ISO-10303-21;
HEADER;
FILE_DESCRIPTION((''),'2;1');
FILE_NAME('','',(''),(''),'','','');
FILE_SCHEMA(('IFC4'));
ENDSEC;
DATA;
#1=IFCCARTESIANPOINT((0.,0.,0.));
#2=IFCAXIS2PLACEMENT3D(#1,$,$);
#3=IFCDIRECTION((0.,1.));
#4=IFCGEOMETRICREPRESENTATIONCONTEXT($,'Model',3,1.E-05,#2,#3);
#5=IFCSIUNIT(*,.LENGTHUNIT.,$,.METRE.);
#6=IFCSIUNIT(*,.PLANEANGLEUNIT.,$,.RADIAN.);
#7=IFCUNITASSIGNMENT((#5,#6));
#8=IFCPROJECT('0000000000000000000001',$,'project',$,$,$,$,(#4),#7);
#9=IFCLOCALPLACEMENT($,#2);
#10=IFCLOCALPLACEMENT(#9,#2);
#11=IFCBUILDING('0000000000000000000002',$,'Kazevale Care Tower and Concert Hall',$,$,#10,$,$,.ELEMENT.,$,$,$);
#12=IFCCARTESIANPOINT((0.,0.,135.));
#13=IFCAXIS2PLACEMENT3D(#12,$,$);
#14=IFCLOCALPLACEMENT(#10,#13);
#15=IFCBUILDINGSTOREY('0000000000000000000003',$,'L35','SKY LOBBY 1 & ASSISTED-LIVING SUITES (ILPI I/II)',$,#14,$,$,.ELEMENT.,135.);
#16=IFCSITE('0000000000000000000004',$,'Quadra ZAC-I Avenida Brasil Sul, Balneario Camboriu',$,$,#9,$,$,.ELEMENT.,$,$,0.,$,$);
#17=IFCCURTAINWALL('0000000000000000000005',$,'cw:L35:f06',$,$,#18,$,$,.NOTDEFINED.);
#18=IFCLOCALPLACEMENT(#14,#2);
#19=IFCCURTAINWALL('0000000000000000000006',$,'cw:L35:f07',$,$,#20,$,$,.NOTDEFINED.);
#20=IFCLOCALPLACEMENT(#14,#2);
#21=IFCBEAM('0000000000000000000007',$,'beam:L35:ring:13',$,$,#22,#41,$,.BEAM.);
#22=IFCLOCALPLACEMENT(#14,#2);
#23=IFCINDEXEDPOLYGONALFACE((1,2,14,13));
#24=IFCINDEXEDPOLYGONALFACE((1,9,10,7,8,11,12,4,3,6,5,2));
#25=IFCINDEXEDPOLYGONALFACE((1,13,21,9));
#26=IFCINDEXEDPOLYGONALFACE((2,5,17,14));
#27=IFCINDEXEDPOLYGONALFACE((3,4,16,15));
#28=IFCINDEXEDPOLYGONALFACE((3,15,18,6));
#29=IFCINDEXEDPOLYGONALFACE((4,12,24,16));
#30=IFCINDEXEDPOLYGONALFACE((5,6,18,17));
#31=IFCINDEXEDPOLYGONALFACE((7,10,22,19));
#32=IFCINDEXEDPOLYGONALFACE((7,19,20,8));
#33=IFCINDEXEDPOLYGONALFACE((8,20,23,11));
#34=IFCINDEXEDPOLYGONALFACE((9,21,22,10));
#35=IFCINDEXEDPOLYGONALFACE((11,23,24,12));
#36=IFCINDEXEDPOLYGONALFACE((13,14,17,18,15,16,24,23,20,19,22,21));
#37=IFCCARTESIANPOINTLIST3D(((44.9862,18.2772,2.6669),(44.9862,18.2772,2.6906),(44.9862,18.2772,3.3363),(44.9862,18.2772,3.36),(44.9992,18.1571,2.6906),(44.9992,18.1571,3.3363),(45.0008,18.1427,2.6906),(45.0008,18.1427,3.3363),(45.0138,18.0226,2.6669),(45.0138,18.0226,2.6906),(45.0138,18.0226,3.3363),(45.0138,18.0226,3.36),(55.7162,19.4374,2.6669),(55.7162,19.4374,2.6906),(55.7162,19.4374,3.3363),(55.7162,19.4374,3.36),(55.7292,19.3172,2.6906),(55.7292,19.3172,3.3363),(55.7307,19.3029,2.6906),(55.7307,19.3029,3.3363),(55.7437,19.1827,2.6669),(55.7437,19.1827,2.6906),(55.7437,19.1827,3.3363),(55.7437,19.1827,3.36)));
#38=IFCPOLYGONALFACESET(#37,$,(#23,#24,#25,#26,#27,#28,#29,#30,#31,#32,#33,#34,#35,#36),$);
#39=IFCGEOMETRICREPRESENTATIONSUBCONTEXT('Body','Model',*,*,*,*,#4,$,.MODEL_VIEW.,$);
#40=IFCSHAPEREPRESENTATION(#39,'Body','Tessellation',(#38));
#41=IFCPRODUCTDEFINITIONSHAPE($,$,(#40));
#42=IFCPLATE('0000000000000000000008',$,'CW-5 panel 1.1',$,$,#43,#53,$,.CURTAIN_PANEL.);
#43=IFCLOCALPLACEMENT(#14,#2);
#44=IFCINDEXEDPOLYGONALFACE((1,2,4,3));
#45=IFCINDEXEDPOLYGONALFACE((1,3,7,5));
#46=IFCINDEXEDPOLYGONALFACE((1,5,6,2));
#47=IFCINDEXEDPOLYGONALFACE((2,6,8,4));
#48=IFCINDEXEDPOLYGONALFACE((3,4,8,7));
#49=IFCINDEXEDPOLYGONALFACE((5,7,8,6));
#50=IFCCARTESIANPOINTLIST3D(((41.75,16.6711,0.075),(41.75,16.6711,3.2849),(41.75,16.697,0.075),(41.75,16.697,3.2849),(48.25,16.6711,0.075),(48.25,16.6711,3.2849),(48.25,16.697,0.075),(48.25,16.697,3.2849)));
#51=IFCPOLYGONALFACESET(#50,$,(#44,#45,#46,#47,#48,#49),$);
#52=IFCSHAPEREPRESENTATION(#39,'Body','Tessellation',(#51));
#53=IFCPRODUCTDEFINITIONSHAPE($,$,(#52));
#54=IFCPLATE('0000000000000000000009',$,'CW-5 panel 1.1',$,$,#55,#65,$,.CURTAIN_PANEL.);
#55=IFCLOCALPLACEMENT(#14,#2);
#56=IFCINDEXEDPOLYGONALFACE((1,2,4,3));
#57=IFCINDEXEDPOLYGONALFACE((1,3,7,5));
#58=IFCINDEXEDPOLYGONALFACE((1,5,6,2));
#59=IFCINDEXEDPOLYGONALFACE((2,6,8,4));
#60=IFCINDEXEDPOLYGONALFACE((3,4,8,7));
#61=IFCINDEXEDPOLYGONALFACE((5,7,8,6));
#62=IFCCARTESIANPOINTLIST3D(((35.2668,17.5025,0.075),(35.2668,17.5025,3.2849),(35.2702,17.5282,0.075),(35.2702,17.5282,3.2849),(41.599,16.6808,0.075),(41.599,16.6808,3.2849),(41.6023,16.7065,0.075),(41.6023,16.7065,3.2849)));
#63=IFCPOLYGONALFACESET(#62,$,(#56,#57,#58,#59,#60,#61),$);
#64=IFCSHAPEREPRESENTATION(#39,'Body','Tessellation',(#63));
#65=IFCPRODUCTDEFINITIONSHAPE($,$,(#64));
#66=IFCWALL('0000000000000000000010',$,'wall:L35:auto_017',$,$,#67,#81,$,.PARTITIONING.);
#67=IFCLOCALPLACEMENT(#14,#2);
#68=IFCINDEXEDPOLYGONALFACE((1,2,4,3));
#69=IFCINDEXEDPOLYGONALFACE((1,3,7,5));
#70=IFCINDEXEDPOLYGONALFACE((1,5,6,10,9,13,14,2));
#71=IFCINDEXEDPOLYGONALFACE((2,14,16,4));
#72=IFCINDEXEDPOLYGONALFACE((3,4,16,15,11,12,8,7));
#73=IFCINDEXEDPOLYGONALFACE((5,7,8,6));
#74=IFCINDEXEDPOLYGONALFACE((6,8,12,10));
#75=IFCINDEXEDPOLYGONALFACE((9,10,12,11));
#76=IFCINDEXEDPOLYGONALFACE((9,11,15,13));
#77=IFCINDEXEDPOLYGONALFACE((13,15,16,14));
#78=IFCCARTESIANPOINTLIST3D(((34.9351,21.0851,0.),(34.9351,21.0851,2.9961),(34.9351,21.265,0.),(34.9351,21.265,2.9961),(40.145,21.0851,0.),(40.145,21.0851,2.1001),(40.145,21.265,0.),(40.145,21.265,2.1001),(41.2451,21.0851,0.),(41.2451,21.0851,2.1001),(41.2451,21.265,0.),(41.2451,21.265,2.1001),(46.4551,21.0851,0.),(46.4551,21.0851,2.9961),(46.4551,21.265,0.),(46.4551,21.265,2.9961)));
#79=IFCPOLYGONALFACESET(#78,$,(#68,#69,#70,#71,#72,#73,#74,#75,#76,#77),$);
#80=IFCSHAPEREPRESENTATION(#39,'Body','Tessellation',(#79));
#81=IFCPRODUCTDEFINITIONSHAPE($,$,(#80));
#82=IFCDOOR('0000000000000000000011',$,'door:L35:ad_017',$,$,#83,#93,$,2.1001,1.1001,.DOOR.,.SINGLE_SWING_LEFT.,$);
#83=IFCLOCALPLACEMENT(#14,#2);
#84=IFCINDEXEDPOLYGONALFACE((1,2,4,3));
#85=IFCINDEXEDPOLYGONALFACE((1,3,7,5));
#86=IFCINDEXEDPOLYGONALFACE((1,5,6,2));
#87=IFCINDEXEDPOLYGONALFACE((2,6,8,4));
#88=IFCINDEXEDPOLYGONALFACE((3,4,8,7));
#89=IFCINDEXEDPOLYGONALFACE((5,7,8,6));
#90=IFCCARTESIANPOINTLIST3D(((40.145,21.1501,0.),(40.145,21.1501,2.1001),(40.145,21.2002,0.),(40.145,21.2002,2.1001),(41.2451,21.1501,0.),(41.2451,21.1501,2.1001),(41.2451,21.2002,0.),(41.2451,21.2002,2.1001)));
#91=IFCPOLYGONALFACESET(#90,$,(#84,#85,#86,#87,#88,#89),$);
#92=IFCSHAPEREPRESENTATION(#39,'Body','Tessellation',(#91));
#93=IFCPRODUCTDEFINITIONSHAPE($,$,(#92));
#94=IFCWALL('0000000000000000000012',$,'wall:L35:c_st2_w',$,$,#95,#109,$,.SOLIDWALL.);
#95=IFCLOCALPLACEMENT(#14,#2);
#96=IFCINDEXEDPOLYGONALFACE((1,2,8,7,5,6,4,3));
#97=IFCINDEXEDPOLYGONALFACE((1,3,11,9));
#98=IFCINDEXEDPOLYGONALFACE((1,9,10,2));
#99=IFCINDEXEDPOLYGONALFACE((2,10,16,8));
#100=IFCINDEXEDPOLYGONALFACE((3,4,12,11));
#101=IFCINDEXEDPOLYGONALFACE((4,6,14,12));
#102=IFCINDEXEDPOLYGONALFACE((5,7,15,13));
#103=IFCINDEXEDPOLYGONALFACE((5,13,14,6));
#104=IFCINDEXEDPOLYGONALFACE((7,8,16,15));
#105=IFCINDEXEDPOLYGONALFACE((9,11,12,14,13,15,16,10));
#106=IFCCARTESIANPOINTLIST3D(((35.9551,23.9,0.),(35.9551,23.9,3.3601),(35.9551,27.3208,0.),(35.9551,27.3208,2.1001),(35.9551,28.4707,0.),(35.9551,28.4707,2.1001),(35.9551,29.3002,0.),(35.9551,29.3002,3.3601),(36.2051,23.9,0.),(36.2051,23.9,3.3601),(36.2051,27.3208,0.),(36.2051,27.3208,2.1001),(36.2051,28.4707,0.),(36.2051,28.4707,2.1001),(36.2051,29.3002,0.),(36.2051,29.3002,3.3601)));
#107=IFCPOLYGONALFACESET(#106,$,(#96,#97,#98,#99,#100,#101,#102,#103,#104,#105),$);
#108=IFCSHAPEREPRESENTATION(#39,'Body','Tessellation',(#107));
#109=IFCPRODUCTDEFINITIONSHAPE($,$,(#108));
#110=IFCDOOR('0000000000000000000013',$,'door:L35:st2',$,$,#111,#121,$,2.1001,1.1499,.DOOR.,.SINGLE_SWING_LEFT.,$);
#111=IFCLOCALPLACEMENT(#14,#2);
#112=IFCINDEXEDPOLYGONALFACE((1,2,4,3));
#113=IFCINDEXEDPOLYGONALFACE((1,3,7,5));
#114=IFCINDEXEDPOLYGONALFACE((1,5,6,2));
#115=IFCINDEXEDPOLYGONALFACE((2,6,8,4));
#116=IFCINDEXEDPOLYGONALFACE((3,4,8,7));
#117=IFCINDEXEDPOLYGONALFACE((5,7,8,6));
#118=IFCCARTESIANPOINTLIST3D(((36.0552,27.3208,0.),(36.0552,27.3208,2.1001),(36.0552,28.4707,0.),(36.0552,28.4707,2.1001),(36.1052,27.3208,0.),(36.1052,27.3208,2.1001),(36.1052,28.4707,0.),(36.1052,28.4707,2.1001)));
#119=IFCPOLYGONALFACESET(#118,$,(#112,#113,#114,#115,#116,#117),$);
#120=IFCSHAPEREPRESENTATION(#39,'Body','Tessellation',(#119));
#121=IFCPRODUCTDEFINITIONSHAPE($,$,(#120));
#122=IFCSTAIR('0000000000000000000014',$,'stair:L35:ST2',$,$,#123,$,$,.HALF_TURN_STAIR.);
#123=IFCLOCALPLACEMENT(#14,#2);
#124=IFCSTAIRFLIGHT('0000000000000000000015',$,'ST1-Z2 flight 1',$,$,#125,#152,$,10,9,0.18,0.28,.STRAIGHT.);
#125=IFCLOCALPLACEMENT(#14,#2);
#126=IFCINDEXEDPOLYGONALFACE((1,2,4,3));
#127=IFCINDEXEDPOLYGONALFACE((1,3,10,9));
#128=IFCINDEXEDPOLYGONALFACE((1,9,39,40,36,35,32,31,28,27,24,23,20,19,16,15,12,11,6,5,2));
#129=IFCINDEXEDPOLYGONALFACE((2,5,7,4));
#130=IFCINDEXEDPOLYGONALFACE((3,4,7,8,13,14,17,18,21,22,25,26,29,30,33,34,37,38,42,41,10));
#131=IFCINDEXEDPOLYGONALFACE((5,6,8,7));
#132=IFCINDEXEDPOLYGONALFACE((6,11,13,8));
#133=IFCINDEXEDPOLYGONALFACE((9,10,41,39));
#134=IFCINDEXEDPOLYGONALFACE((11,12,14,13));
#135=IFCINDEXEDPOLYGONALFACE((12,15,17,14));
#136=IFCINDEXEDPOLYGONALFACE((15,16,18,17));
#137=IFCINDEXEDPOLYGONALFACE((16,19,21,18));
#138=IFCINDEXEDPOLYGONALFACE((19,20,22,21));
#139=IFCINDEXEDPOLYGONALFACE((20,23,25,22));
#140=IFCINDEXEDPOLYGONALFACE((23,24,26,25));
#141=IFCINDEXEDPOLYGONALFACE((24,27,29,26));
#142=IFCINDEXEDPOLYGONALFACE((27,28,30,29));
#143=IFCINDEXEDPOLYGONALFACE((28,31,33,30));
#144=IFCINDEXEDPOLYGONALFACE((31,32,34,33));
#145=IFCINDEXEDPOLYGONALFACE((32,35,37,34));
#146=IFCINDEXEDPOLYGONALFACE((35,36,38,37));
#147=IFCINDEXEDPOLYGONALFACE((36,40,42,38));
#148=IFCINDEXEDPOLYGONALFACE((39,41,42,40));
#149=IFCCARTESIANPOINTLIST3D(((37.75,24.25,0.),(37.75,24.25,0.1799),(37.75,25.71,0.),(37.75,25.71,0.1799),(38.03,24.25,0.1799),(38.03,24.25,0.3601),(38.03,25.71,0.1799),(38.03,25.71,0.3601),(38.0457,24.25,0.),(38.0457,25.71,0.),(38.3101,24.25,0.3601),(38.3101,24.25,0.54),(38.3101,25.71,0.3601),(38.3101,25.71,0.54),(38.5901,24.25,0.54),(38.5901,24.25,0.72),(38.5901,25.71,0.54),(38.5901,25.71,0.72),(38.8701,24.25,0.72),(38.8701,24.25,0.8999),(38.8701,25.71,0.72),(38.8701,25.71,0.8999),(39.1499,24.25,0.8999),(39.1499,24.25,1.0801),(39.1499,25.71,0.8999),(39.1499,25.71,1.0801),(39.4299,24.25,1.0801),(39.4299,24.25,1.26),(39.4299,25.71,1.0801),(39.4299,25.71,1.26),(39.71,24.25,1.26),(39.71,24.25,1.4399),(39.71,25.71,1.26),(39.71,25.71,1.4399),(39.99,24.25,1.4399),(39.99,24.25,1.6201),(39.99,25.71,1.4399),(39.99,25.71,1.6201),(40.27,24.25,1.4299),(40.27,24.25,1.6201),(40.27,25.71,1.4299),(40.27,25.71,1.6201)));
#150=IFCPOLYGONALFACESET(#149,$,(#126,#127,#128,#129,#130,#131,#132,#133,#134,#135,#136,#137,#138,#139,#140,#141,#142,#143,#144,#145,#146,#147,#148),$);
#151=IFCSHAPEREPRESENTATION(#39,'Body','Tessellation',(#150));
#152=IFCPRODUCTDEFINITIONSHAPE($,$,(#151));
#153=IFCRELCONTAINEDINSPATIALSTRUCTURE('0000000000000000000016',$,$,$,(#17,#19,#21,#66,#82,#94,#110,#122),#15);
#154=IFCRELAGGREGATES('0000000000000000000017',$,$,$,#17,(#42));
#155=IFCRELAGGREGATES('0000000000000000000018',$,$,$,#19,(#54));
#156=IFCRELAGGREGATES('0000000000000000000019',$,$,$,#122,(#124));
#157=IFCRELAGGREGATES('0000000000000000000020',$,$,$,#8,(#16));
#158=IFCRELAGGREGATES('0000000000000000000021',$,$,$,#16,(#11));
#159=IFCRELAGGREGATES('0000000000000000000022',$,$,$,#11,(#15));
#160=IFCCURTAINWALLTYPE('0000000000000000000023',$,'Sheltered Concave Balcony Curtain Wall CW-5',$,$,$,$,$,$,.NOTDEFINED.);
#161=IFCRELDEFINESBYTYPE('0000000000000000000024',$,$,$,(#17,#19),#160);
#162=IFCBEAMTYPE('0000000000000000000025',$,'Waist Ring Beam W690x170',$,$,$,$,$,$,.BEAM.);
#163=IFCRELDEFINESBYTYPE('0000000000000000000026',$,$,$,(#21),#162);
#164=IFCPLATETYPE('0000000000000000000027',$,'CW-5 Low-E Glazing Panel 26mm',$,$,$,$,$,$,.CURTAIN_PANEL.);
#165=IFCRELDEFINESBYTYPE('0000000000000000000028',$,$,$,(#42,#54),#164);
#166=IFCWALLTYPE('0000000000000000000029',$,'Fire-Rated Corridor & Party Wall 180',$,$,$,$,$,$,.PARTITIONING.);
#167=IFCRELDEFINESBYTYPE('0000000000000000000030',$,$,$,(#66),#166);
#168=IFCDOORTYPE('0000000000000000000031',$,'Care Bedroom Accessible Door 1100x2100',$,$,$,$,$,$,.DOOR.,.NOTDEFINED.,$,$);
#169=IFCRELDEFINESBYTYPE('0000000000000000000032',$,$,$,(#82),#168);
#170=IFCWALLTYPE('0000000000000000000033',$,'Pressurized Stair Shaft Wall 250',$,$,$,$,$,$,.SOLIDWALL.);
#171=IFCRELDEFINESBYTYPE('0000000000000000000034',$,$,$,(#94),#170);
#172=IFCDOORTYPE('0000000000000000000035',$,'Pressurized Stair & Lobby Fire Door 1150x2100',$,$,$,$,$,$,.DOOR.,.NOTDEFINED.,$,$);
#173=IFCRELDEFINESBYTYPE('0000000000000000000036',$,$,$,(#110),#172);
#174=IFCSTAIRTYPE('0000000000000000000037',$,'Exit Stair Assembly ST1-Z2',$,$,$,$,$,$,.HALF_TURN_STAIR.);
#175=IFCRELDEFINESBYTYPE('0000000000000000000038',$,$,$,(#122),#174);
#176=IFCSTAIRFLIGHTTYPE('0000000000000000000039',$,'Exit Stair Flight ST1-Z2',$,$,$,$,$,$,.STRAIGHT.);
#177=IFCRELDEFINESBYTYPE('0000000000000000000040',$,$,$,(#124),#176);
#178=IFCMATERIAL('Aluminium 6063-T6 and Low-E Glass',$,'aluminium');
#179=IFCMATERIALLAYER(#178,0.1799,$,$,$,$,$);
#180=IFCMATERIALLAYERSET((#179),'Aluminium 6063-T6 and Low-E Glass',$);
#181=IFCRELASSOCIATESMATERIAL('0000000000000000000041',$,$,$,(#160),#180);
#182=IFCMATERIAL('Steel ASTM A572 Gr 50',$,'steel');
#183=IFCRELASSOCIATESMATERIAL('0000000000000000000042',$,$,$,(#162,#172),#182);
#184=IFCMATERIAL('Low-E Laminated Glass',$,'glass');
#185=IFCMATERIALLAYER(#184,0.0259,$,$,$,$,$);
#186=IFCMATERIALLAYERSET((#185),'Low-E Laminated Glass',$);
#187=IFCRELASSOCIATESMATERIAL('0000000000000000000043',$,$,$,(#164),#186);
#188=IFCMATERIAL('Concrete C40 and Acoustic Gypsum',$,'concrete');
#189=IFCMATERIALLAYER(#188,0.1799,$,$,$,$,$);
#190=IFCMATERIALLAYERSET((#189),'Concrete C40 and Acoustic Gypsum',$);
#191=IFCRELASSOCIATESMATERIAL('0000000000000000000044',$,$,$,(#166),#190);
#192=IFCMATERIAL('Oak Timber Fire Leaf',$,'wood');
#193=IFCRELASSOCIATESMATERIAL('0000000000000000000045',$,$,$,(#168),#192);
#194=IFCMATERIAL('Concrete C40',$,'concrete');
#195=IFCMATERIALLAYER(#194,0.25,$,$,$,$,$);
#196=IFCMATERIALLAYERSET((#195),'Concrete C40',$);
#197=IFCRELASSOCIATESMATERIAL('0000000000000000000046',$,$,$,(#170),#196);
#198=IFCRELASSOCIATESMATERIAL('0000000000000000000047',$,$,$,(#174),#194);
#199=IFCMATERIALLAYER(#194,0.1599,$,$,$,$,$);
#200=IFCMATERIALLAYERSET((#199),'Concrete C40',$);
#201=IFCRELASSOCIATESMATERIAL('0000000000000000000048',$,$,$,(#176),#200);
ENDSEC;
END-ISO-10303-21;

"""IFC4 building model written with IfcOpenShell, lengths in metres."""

from ifc_helpers import new_model, si_unit, direction, frame, frame_2d, origin, origin_2d, place, context, subcontext, project, spatial, polyline, rectangle, i_section, outline, extrude, material, layer, layer_set, material_profile, profile_set, type_object, element, fill, aggregate, save


model = new_model("IFC4")

# Units and contexts
model_context = context("Model", 3, precision=1e-05, world=origin(), true_north=direction((0.0, 1.0)))
body_context = subcontext(model_context, "Body", "Model", "MODEL_VIEW")
ifc_project = project(units=[si_unit("LENGTHUNIT", "METRE"), si_unit("PLANEANGLEUNIT", "RADIAN")], contexts=[model_context])

# Site, building, storey
site_placement = place(None, origin())
site = spatial("IfcSite", under=ifc_project, at=site_placement, Name="Quadra ZAC-I Avenida Brasil Sul, Balneario Camboriu", CompositionType="ELEMENT", RefElevation=0.0)
building_placement = place(site_placement, origin())
building = spatial("IfcBuilding", under=site, at=building_placement, Name="Kazevale Care Tower and Concert Hall", CompositionType="ELEMENT")
storey_placement = place(building_placement, frame((0.0, 0.0, 135.0)))
storey = spatial("IfcBuildingStorey", under=building, at=storey_placement, Name="L35", Description="SKY LOBBY 1 & ASSISTED-LIVING SUITES (ILPI I/II)", CompositionType="ELEMENT", Elevation=135.0)

# Curtain walls
ifc_material_1 = material(Name="Aluminium 6063-T6 and Low-E Glass", Category="aluminium")
ifc_layer_1 = layer(ifc_material_1, 0.1799)
ifc_layer_set_1 = layer_set([ifc_layer_1], Name="Aluminium 6063-T6 and Low-E Glass")
curtain_wall_type = type_object("IfcCurtainWallType", Name="Sheltered Concave Balcony Curtain Wall CW-5", PredefinedType="NOTDEFINED", material=ifc_layer_set_1)
curtain_wall_1_placement = place(storey_placement, origin())
curtain_wall_1 = element("IfcCurtainWall", 1, at=curtain_wall_1_placement, inside=storey, type_object=curtain_wall_type, Name="cw:L35:f06", PredefinedType="NOTDEFINED")
curtain_wall_2_placement = place(storey_placement, origin())
curtain_wall_2 = element("IfcCurtainWall", 2, at=curtain_wall_2_placement, inside=storey, type_object=curtain_wall_type, Name="cw:L35:f07", PredefinedType="NOTDEFINED")

# Beam
ifc_material_2 = material(Name="Steel ASTM A572 Gr 50", Category="steel")
ifc_material_profile_1 = material_profile(ifc_material_2, i_section(OverallWidth=0.2561, OverallDepth=0.6931, WebThickness=0.0144, FlangeThickness=0.0237, at=origin_2d()), Name="W690x170")
ifc_profile_set_1 = profile_set([ifc_material_profile_1], Name="Steel ASTM A572 Gr 50")
beam_type_1 = type_object("IfcBeamType", Name="Waist Ring Beam W690x170", PredefinedType="BEAM", material=ifc_profile_set_1)
beam_1_placement = place(storey_placement, frame((45.0, 18.1499, 3.0134), z_axis=(0.994205, 0.107496, 0.0), x_axis=(-0.107496, 0.994205, 0.0)))
element("IfcBeam", 3, at=beam_1_placement, inside=storey, type_object=beam_type_1, Name="beam:L35:ring:13", PredefinedType="BEAM", context=body_context, shape_type="SweptSolid", body=[
    extrude(i_section(OverallWidth=0.2561, OverallDepth=0.6931, WebThickness=0.0144, FlangeThickness=0.0237, at=origin_2d()), origin(), (0.0, 0.0, 1.0), 10.7925),
])

# Plates
ifc_material_3 = material(Name="Low-E Laminated Glass", Category="glass")
ifc_layer_2 = layer(ifc_material_3, 0.0259)
ifc_layer_set_2 = layer_set([ifc_layer_2], Name="Low-E Laminated Glass")
plate_type = type_object("IfcPlateType", Name="CW-5 Low-E Glazing Panel 26mm", PredefinedType="CURTAIN_PANEL", material=ifc_layer_set_2)
plate_1_placement = place(storey_placement, frame((45.0, 16.6841, 0.075), z_axis=(0.0, 0.0, 1.0), x_axis=(-1.0, 0.0, 0.0)))
plate_1 = element("IfcPlate", 4, at=plate_1_placement, type_object=plate_type, Name="CW-5 panel 1.1", PredefinedType="CURTAIN_PANEL", context=body_context, shape_type="SweptSolid", body=[
    extrude(rectangle(XDim=6.5, YDim=0.0259, at=origin_2d()), origin(), (0.0, 0.0, 1.0), 3.21),
])
aggregate(curtain_wall_1, [plate_1])
plate_2_placement = place(storey_placement, frame((38.4346, 17.1045, 0.075), z_axis=(0.0, 0.0, 1.0), x_axis=(-0.991686, 0.128685, 0.0)))
plate_2 = element("IfcPlate", 5, at=plate_2_placement, type_object=plate_type, Name="CW-5 panel 1.1", PredefinedType="CURTAIN_PANEL", context=body_context, shape_type="SweptSolid", body=[
    extrude(rectangle(XDim=6.3853, YDim=0.0259, at=origin_2d()), origin(), (0.0, 0.0, 1.0), 3.21),
])
aggregate(curtain_wall_2, [plate_2])

# Walls, openings, doors
ifc_material_4 = material(Name="Oak Timber Fire Leaf", Category="wood")
ifc_material_5 = material(Name="Concrete C40 and Acoustic Gypsum", Category="concrete")
ifc_layer_3 = layer(ifc_material_5, 0.1799)
ifc_layer_set_3 = layer_set([ifc_layer_3], Name="Concrete C40 and Acoustic Gypsum")
wall_type_1 = type_object("IfcWallType", Name="Fire-Rated Corridor & Party Wall 180", PredefinedType="PARTITIONING", material=ifc_layer_set_3)
wall_1_placement = place(storey_placement, frame((46.4551, 21.175, 0.0), z_axis=(0.0, 0.0, 1.0), x_axis=(-1.0, 0.0, 0.0)))
wall_1 = element("IfcWall", 6, at=wall_1_placement, inside=storey, type_object=wall_type_1, Name="wall:L35:auto_017", PredefinedType="PARTITIONING", context=body_context, shape_type="SweptSolid", body=[
    extrude(rectangle(XDim=11.52, YDim=0.1799, at=frame_2d((5.76, 0.0))), origin(), (0.0, 0.0, 1.0), 2.9961),
])
opening_1_placement = place(wall_1_placement, frame((5.21, 0.0, 0.0)))
opening_1 = element("IfcOpeningElement", 7, at=opening_1_placement, cuts=wall_1, PredefinedType="OPENING", context=body_context, shape_type="SweptSolid", body=[
    extrude(rectangle(XDim=1.1001, YDim=2.1001, at=frame_2d((0.55, 1.05))), frame((0.0, 0.0999, 0.0), z_axis=(0.0, -1.0, 0.0), x_axis=(1.0, 0.0, 0.0)), (0.0, 0.0, 1.0), 0.2),
])
door_type_1 = type_object("IfcDoorType", Name="Care Bedroom Accessible Door 1100x2100", OperationType="NOTDEFINED", PredefinedType="DOOR", material=ifc_material_4)
door_1_placement = place(opening_1_placement, origin())
door_1 = element("IfcDoor", 8, at=door_1_placement, inside=storey, type_object=door_type_1, Name="door:L35:ad_017", OperationType="SINGLE_SWING_LEFT", OverallHeight=2.1001, OverallWidth=1.1001, PredefinedType="DOOR", context=body_context, shape_type="SweptSolid", body=[
    extrude(rectangle(XDim=1.1001, YDim=2.1001, at=frame_2d((0.55, 1.05))), frame((0.0, 0.0249, 0.0), z_axis=(0.0, -1.0, 0.0), x_axis=(1.0, 0.0, 0.0)), (0.0, 0.0, 1.0), 0.05),
])
fill(opening_1, door_1)
ifc_material_6 = material(Name="Concrete C40", Category="concrete")
ifc_layer_4 = layer(ifc_material_6, 0.25)
ifc_layer_set_4 = layer_set([ifc_layer_4], Name="Concrete C40")
wall_type_2 = type_object("IfcWallType", Name="Pressurized Stair Shaft Wall 250", PredefinedType="SOLIDWALL", material=ifc_layer_set_4)
wall_2_placement = place(storey_placement, frame((36.0801, 23.8999, 0.0), z_axis=(0.0, 0.0, 1.0), x_axis=(0.0, 1.0, 0.0)))
wall_2 = element("IfcWall", 9, at=wall_2_placement, inside=storey, type_object=wall_type_2, Name="wall:L35:c_st2_w", PredefinedType="SOLIDWALL", context=body_context, shape_type="SweptSolid", body=[
    extrude(rectangle(XDim=5.4001, YDim=0.25, at=frame_2d((2.7002, 0.0))), origin(), (0.0, 0.0, 1.0), 3.3601),
])
opening_2_placement = place(wall_2_placement, frame((3.4209, 0.0, 0.0)))
opening_2 = element("IfcOpeningElement", 10, at=opening_2_placement, cuts=wall_2, PredefinedType="OPENING", context=body_context, shape_type="SweptSolid", body=[
    extrude(rectangle(XDim=1.1499, YDim=2.1001, at=frame_2d((0.575, 1.05))), frame((0.0, 0.135, 0.0), z_axis=(0.0, -1.0, 0.0), x_axis=(1.0, 0.0, 0.0)), (0.0, 0.0, 1.0), 0.27),
])
door_type_2 = type_object("IfcDoorType", Name="Pressurized Stair & Lobby Fire Door 1150x2100", OperationType="NOTDEFINED", PredefinedType="DOOR", material=ifc_material_2)
door_2_placement = place(opening_2_placement, origin())
door_2 = element("IfcDoor", 11, at=door_2_placement, inside=storey, type_object=door_type_2, Name="door:L35:st2", OperationType="SINGLE_SWING_LEFT", OverallHeight=2.1001, OverallWidth=1.1499, PredefinedType="DOOR", context=body_context, shape_type="SweptSolid", body=[
    extrude(rectangle(XDim=1.1499, YDim=2.1001, at=frame_2d((0.575, 1.05))), frame((0.0, 0.0249, 0.0), z_axis=(0.0, -1.0, 0.0), x_axis=(1.0, 0.0, 0.0)), (0.0, 0.0, 1.0), 0.05),
])
fill(opening_2, door_2)

# Stair, stair flight
stair_type = type_object("IfcStairType", Name="Exit Stair Assembly ST1-Z2", PredefinedType="HALF_TURN_STAIR", material=ifc_material_6)
stair_placement = place(storey_placement, origin())
stair = element("IfcStair", 12, at=stair_placement, inside=storey, type_object=stair_type, Name="stair:L35:ST2", PredefinedType="HALF_TURN_STAIR")
ifc_layer_5 = layer(ifc_material_6, 0.1599)
ifc_layer_set_5 = layer_set([ifc_layer_5], Name="Concrete C40")
stair_flight_type = type_object("IfcStairFlightType", Name="Exit Stair Flight ST1-Z2", PredefinedType="STRAIGHT", material=ifc_layer_set_5)
stair_flight_1_placement = place(storey_placement, frame((37.75, 24.98, 0.0), z_axis=(0.0, 0.0, 1.0), x_axis=(1.0, 0.0, 0.0)))
stair_flight_1 = element("IfcStairFlight", 13, at=stair_flight_1_placement, type_object=stair_flight_type, Name="ST1-Z2 flight 1", NumberOfRisers=10, NumberOfTreads=9, PredefinedType="STRAIGHT", RiserHeight=0.18, TreadLength=0.28, context=body_context, shape_type="SweptSolid", body=[
    extrude(outline(polyline([(0.0, 0.0), (0.0, 0.1799), (0.28, 0.1799), (0.28, 0.3601), (0.5601, 0.3601), (0.5601, 0.54), (0.8401, 0.54), (0.8401, 0.72), (1.1201, 0.72), (1.1201, 0.8999), (1.3999, 0.8999), (1.3999, 1.0801), (1.6799, 1.0801), (1.6799, 1.26), (1.96, 1.26), (1.96, 1.4399), (2.24, 1.4399), (2.24, 1.6201), (2.52, 1.6201), (2.52, 1.8), (2.52, 1.4299), (0.2957, 0.0), (0.0, 0.0)])), frame((0.0, 0.73, 0.0), z_axis=(0.0, -1.0, 0.0), x_axis=(1.0, 0.0, 0.0)), (0.0, 0.0, 1.0), 1.46),
])
aggregate(stair, [stair_flight_1])

save(model, "model.ifc")
